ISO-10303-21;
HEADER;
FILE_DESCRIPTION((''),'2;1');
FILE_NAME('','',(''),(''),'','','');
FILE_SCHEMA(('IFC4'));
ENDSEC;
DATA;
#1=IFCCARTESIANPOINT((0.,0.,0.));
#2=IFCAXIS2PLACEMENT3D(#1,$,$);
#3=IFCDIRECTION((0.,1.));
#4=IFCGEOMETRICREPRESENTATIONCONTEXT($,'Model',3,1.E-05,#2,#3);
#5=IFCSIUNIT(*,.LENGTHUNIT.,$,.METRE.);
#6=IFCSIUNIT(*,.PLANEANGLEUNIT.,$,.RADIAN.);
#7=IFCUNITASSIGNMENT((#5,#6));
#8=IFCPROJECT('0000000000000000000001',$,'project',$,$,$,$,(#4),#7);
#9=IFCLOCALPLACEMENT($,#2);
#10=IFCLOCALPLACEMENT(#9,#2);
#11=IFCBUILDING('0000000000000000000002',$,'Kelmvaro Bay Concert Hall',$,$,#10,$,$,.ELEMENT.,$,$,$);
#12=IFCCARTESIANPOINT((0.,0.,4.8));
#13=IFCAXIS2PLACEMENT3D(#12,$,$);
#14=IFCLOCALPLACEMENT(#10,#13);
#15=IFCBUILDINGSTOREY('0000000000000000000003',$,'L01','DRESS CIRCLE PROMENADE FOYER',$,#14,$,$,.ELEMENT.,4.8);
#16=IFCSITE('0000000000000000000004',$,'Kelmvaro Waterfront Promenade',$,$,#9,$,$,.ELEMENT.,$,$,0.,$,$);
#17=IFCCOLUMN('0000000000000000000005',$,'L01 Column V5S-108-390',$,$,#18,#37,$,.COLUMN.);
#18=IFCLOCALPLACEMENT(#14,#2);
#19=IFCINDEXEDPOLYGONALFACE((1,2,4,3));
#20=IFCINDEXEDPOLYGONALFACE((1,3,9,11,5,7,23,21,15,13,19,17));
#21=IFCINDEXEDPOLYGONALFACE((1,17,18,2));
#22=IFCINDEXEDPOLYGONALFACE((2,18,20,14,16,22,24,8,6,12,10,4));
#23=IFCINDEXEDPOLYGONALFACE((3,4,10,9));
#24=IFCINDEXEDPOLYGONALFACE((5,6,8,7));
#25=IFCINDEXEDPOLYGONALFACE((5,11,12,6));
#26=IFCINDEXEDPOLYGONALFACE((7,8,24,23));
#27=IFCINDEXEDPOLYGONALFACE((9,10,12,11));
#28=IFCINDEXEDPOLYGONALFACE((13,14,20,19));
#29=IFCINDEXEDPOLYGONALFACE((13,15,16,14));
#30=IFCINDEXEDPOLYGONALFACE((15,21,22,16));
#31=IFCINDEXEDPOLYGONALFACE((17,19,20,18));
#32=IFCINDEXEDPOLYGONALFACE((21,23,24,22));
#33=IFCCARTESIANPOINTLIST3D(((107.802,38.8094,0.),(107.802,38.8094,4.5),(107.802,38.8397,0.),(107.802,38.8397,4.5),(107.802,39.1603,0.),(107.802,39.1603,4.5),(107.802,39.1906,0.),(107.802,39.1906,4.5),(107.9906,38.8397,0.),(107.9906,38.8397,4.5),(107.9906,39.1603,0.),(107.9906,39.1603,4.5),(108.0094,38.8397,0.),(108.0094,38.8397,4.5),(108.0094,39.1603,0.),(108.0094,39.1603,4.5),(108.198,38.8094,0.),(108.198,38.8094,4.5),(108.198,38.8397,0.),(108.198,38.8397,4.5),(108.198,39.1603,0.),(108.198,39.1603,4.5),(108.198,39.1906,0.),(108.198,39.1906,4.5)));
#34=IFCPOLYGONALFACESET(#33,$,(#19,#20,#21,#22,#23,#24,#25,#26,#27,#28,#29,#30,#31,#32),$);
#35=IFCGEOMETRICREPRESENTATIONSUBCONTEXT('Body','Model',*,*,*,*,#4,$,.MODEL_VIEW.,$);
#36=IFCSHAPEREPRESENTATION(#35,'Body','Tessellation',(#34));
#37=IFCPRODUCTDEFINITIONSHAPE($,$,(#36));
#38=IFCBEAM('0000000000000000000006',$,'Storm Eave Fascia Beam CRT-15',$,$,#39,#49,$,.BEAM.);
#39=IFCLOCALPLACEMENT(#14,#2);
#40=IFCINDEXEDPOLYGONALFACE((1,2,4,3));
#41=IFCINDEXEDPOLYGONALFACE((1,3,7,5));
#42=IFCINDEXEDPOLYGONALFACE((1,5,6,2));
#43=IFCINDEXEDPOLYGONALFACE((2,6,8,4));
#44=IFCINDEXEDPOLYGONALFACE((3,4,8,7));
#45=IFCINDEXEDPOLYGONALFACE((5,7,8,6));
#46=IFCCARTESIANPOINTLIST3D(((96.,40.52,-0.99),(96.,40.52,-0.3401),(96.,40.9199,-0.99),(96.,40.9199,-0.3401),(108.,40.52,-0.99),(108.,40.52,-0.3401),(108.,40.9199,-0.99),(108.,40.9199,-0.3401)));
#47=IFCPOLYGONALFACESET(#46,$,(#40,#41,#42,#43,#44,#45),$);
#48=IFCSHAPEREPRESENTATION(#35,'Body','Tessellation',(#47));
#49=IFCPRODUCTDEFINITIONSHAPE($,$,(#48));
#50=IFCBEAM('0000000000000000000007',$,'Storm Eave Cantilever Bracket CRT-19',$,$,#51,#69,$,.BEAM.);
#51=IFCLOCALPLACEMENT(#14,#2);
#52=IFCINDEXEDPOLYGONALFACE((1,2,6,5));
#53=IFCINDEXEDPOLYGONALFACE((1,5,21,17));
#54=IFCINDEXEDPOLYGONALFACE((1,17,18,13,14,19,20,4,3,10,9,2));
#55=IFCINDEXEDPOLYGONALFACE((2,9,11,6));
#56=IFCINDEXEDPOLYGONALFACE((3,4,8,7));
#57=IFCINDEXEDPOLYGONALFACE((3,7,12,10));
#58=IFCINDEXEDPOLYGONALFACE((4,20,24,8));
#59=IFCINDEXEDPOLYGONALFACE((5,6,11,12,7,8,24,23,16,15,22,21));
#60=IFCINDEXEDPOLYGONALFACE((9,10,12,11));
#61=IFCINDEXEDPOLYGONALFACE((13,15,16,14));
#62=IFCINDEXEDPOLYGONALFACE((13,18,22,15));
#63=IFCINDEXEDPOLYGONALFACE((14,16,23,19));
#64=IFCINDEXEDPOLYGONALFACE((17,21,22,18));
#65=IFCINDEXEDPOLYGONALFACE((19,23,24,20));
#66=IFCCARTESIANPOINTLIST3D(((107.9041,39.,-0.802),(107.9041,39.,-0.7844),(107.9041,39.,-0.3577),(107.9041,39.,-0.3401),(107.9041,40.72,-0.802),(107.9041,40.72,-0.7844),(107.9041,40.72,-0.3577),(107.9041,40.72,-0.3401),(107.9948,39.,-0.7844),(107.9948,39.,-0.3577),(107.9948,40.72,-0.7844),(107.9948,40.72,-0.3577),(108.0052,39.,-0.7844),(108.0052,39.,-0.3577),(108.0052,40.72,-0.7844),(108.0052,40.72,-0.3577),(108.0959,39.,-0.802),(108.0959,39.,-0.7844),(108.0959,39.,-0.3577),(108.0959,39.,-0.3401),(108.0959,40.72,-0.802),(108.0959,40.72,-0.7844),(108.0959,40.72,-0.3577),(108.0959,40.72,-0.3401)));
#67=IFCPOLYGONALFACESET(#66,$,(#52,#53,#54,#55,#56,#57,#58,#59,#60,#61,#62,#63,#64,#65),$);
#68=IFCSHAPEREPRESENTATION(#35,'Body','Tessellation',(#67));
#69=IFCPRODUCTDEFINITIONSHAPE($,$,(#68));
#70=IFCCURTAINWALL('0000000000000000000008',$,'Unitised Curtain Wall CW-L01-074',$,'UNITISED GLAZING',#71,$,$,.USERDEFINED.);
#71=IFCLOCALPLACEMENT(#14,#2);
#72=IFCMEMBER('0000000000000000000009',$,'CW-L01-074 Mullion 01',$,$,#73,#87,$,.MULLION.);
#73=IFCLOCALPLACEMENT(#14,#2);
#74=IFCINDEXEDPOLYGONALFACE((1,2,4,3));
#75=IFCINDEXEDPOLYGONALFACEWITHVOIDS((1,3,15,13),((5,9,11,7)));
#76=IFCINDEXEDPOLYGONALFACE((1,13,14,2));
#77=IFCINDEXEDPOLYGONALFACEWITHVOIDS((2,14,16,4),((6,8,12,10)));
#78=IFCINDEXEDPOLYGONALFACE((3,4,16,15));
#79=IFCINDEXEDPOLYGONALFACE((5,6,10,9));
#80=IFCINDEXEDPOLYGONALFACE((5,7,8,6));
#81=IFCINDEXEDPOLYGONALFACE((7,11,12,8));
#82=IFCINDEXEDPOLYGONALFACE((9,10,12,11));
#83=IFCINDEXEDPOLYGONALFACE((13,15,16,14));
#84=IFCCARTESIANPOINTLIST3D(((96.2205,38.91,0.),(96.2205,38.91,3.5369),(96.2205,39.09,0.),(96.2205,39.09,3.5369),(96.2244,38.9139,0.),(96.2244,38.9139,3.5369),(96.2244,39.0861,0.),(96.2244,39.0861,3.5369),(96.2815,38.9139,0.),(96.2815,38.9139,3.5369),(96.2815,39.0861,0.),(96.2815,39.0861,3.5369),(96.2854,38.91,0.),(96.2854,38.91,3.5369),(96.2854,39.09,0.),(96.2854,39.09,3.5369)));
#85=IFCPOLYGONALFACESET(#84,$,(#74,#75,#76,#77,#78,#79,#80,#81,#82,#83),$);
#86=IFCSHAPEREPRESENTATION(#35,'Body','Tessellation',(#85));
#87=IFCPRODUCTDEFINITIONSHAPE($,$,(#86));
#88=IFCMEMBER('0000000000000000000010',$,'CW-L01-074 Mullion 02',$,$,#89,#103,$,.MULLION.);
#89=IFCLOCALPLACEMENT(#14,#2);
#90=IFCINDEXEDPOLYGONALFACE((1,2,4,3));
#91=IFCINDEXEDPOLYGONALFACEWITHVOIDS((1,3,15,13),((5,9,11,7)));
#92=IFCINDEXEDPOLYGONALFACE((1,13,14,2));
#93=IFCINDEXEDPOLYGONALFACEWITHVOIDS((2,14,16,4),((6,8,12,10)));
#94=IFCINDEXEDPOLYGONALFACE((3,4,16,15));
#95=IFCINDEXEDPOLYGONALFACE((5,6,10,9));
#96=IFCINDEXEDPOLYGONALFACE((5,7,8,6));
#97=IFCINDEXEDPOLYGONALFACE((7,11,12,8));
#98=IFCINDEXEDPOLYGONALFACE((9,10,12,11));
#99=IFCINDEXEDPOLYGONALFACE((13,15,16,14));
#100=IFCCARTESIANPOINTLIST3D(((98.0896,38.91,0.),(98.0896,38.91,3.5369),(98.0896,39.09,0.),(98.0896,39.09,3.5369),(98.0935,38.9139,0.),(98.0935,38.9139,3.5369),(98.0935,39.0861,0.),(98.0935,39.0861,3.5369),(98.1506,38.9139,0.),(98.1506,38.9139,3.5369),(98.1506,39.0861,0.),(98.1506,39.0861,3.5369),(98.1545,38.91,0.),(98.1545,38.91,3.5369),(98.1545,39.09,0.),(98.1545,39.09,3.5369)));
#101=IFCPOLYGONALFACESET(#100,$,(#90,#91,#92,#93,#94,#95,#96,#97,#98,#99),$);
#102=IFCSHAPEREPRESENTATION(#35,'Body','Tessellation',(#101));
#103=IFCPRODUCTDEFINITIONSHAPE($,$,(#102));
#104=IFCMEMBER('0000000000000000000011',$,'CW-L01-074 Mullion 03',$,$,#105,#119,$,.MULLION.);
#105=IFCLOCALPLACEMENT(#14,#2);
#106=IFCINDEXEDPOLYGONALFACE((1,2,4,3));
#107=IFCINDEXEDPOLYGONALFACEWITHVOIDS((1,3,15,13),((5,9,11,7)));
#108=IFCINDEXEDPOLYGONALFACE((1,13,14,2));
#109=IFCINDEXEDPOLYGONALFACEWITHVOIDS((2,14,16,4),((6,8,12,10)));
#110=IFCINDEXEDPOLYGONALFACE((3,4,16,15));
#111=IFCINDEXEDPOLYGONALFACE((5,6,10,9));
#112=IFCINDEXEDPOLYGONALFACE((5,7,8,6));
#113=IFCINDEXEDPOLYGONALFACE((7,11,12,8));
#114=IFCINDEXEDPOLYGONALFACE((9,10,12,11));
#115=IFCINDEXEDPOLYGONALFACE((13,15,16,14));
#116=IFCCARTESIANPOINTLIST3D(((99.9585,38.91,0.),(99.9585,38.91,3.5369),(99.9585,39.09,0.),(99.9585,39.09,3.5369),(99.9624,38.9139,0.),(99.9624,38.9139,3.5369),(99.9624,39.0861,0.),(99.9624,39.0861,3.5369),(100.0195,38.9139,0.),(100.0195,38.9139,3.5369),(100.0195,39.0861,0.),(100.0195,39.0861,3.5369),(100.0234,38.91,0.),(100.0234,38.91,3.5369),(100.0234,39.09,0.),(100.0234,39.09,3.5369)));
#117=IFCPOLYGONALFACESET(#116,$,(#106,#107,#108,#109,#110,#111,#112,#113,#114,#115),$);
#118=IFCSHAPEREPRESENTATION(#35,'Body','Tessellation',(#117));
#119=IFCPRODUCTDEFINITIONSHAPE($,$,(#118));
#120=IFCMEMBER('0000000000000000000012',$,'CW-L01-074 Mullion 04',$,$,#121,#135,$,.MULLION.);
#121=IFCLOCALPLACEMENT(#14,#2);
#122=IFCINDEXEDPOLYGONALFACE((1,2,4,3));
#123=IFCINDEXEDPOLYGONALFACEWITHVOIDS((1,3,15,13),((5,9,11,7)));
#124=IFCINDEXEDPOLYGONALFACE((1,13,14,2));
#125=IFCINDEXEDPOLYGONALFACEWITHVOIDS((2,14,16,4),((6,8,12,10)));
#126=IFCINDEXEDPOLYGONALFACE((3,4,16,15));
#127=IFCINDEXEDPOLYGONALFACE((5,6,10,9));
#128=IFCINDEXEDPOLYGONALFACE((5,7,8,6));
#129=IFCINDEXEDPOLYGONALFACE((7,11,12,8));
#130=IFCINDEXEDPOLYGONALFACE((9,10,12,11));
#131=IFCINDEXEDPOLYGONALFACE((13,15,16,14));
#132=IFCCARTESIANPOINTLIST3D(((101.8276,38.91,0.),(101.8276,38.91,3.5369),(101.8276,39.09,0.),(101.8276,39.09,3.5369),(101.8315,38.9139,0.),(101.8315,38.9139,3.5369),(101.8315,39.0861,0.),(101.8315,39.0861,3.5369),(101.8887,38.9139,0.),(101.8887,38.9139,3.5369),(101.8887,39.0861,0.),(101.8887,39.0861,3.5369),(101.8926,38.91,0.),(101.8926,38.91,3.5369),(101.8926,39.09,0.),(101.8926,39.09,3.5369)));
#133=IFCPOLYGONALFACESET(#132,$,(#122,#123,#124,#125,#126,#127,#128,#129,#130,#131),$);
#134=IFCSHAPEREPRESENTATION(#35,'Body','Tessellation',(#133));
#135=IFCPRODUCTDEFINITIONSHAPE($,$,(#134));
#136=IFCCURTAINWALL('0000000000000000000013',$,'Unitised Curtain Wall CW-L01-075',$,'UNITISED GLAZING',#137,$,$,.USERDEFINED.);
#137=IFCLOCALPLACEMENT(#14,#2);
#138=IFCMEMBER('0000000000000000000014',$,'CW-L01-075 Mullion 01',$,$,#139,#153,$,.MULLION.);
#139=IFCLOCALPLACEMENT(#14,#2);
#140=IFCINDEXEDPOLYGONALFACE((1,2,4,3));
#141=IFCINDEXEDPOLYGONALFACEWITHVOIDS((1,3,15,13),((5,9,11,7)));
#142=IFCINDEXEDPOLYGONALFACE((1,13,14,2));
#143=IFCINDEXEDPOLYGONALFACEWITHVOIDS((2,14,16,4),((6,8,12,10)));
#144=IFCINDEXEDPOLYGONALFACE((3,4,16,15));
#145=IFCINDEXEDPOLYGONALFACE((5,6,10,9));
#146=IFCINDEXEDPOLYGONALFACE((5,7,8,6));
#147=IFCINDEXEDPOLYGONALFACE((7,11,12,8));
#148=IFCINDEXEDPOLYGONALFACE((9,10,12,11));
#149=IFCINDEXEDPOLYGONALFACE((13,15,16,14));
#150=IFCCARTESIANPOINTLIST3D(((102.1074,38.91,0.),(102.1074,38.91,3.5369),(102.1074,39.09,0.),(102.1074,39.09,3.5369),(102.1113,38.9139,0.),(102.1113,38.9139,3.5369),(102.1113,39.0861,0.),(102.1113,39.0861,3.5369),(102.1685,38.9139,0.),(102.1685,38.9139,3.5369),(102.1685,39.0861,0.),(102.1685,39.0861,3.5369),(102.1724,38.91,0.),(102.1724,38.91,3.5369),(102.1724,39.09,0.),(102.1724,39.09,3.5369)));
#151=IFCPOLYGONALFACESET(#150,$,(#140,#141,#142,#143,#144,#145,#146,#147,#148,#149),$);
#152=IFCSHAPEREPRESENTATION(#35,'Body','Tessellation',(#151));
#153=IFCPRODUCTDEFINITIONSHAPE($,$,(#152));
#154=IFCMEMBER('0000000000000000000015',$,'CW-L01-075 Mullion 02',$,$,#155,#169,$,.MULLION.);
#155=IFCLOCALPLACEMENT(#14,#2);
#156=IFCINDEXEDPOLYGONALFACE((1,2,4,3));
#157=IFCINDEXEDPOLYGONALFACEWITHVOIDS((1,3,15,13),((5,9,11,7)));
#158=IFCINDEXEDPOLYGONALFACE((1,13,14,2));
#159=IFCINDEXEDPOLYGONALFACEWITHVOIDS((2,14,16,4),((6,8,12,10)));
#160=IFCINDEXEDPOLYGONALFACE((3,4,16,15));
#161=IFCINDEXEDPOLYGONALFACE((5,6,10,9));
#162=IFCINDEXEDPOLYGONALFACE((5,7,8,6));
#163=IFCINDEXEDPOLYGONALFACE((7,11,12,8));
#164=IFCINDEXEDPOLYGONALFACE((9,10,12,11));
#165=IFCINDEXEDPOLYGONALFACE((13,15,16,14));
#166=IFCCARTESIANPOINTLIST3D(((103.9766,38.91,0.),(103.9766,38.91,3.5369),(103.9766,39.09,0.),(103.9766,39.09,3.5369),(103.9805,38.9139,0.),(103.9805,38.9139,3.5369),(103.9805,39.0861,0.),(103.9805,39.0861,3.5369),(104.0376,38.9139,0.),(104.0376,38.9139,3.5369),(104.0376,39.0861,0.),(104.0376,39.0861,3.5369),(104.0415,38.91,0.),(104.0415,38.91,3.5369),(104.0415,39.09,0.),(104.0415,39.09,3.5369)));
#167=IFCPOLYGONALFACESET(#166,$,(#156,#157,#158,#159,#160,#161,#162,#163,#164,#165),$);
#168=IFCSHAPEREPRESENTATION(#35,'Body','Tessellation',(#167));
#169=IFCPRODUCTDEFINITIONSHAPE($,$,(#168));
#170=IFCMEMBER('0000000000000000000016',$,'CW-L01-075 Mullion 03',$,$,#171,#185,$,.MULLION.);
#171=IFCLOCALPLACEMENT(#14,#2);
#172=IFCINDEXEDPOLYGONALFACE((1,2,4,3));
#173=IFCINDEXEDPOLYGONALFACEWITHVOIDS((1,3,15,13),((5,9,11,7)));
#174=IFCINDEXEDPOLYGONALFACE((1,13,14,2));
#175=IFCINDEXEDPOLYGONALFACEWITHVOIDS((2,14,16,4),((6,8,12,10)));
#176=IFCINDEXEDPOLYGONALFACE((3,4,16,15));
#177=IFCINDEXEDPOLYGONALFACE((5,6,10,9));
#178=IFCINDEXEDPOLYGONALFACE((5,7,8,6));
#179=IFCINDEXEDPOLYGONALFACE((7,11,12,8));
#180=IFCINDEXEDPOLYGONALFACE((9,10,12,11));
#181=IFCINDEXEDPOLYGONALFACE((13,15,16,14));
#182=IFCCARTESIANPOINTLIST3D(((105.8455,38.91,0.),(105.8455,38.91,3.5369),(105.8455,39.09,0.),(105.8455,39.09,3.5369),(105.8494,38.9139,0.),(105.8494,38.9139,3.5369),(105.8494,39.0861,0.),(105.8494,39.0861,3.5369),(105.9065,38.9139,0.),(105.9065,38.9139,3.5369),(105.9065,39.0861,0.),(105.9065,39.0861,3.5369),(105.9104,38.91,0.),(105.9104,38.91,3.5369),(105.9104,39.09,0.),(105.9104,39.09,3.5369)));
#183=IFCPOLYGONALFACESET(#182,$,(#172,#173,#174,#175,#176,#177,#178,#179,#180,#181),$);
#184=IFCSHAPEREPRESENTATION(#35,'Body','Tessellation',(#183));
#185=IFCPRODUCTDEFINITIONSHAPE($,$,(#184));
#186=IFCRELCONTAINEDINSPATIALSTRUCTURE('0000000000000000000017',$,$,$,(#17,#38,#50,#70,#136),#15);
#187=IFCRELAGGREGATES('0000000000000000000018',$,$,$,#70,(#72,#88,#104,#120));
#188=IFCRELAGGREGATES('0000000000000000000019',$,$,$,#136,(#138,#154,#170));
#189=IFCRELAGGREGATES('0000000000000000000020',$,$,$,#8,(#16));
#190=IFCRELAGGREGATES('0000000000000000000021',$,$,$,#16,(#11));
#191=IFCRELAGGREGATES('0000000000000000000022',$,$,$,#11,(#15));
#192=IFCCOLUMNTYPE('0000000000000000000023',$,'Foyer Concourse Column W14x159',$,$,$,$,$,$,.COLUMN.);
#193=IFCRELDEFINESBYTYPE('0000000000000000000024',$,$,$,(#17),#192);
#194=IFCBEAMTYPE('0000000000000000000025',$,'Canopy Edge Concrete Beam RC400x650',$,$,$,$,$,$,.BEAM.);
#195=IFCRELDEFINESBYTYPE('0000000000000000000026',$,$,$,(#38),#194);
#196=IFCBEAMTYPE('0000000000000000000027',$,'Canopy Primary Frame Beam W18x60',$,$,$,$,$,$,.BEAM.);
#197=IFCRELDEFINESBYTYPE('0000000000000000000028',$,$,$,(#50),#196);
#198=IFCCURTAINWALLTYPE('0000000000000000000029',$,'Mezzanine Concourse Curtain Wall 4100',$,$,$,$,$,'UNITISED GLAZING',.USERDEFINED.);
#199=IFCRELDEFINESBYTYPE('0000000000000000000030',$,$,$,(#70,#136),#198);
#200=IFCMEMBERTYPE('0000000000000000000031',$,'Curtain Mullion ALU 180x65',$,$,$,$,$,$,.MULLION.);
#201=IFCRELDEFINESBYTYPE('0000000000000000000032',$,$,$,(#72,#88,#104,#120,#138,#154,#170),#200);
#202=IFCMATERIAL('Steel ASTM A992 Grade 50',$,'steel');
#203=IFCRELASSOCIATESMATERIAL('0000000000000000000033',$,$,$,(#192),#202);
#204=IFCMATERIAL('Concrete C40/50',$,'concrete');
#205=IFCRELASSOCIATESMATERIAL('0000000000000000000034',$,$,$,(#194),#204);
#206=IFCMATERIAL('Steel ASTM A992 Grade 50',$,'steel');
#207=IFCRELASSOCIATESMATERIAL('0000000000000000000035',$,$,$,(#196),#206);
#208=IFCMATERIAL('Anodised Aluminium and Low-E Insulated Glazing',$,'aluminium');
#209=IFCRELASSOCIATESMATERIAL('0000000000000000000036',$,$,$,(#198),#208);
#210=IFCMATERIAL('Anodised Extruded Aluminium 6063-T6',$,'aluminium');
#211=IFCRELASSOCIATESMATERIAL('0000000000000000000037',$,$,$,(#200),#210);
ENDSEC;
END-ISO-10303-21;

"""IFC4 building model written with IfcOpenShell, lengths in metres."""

from ifc_helpers import new_model, si_unit, direction, frame, origin, origin_2d, place, context, subcontext, project, spatial, rectangle, hollow_rectangle, i_section, extrude, material, material_profile, profile_set, type_object, element, aggregate, save


model = new_model("IFC4")

# Units and contexts
model_context = context("Model", 3, precision=1e-05, world=origin(), true_north=direction((0.0, 1.0)))
body_context = subcontext(model_context, "Body", "Model", "MODEL_VIEW")
ifc_project = project(units=[si_unit("LENGTHUNIT", "METRE"), si_unit("PLANEANGLEUNIT", "RADIAN")], contexts=[model_context])

# Site, building, storey
site_placement = place(None, origin())
site = spatial("IfcSite", under=ifc_project, at=site_placement, Name="Kelmvaro Waterfront Promenade", CompositionType="ELEMENT", RefElevation=0.0)
building_placement = place(site_placement, origin())
building = spatial("IfcBuilding", under=site, at=building_placement, Name="Kelmvaro Bay Concert Hall", CompositionType="ELEMENT")
storey_placement = place(building_placement, frame((0.0, 0.0, 4.8)))
storey = spatial("IfcBuildingStorey", under=building, at=storey_placement, Name="L01", Description="DRESS CIRCLE PROMENADE FOYER", CompositionType="ELEMENT", Elevation=4.8)

# Column
ifc_material_1 = material(Name="Steel ASTM A992 Grade 50", Category="steel")
ifc_material_profile_1 = material_profile(ifc_material_1, i_section(OverallWidth=0.396, OverallDepth=0.3811, WebThickness=0.0188, FlangeThickness=0.0303, at=origin_2d()), Name="W14X159")
ifc_profile_set_1 = profile_set([ifc_material_profile_1], Name="Steel ASTM A992 Grade 50")
column_type = type_object("IfcColumnType", Name="Foyer Concourse Column W14x159", PredefinedType="COLUMN", material=ifc_profile_set_1)
column_placement = place(storey_placement, frame((108.0, 39.0, 0.0), z_axis=(0.0, 0.0, 1.0), x_axis=(1.0, 0.0, 0.0)))
element("IfcColumn", 1, at=column_placement, inside=storey, type_object=column_type, Name="L01 Column V5S-108-390", PredefinedType="COLUMN", context=body_context, shape_type="SweptSolid", body=[
    extrude(i_section(OverallWidth=0.396, OverallDepth=0.3811, WebThickness=0.0188, FlangeThickness=0.0303, at=origin_2d()), origin(), (0.0, 0.0, 1.0), 4.5),
])

# Beams
ifc_material_2 = material(Name="Concrete C40/50", Category="concrete")
ifc_material_profile_2 = material_profile(ifc_material_2, rectangle(XDim=0.3999, YDim=0.6499, at=origin_2d()), Name="RC-BM-400X650")
ifc_profile_set_2 = profile_set([ifc_material_profile_2], Name="Concrete C40/50")
beam_type_1 = type_object("IfcBeamType", Name="Canopy Edge Concrete Beam RC400x650", PredefinedType="BEAM", material=ifc_profile_set_2)
beam_1_placement = place(storey_placement, frame((96.0, 40.72, -0.665), z_axis=(1.0, 0.0, 0.0), x_axis=(0.0, 1.0, 0.0)))
element("IfcBeam", 2, at=beam_1_placement, inside=storey, type_object=beam_type_1, Name="Storm Eave Fascia Beam CRT-15", PredefinedType="BEAM", context=body_context, shape_type="SweptSolid", body=[
    extrude(rectangle(XDim=0.3999, YDim=0.6499, at=origin_2d()), origin(), (0.0, 0.0, 1.0), 12.0),
])
ifc_material_3 = material(Name="Steel ASTM A992 Grade 50", Category="steel")
ifc_material_profile_3 = material_profile(ifc_material_3, i_section(OverallWidth=0.1919, OverallDepth=0.4619, WebThickness=0.0105, FlangeThickness=0.0176, at=origin_2d()), Name="W18X60")
ifc_profile_set_3 = profile_set([ifc_material_profile_3], Name="Steel ASTM A992 Grade 50")
beam_type_2 = type_object("IfcBeamType", Name="Canopy Primary Frame Beam W18x60", PredefinedType="BEAM", material=ifc_profile_set_3)
beam_2_placement = place(storey_placement, frame((108.0, 39.0, -0.571), z_axis=(0.0, 1.0, 0.0), x_axis=(-1.0, 0.0, 0.0)))
element("IfcBeam", 3, at=beam_2_placement, inside=storey, type_object=beam_type_2, Name="Storm Eave Cantilever Bracket CRT-19", PredefinedType="BEAM", context=body_context, shape_type="SweptSolid", body=[
    extrude(i_section(OverallWidth=0.1919, OverallDepth=0.4619, WebThickness=0.0105, FlangeThickness=0.0176, at=origin_2d()), origin(), (0.0, 0.0, 1.0), 1.72),
])

# Curtain walls, members
ifc_material_4 = material(Name="Anodised Aluminium and Low-E Insulated Glazing", Category="aluminium")
curtain_wall_type = type_object("IfcCurtainWallType", Name="Mezzanine Concourse Curtain Wall 4100", ElementType="UNITISED GLAZING", PredefinedType="USERDEFINED", material=ifc_material_4)
curtain_wall_1_placement = place(storey_placement, origin())
curtain_wall_1 = element("IfcCurtainWall", 4, at=curtain_wall_1_placement, inside=storey, type_object=curtain_wall_type, Name="Unitised Curtain Wall CW-L01-074", ObjectType="UNITISED GLAZING", PredefinedType="USERDEFINED")
ifc_material_5 = material(Name="Anodised Extruded Aluminium 6063-T6", Category="aluminium")
ifc_material_profile_4 = material_profile(ifc_material_5, hollow_rectangle(XDim=0.0649, YDim=0.1799, WallThickness=0.0039, at=origin_2d()), Name="ALU-MUL-180X65")
ifc_profile_set_4 = profile_set([ifc_material_profile_4], Name="Anodised Extruded Aluminium 6063-T6")
member_type_1 = type_object("IfcMemberType", Name="Curtain Mullion ALU 180x65", PredefinedType="MULLION", material=ifc_profile_set_4)
member_1_placement = place(storey_placement, frame((96.2529, 39.0, 0.0), z_axis=(0.0, 0.0, 1.0), x_axis=(1.0, 0.0, 0.0)))
member_1 = element("IfcMember", 5, at=member_1_placement, type_object=member_type_1, Name="CW-L01-074 Mullion 01", PredefinedType="MULLION", context=body_context, shape_type="SweptSolid", body=[
    extrude(hollow_rectangle(XDim=0.0649, YDim=0.1799, WallThickness=0.0039, at=origin_2d()), origin(), (0.0, 0.0, 1.0), 3.5369),
])
member_2_placement = place(storey_placement, frame((98.1221, 39.0, 0.0), z_axis=(0.0, 0.0, 1.0), x_axis=(1.0, 0.0, 0.0)))
member_2 = element("IfcMember", 6, at=member_2_placement, type_object=member_type_1, Name="CW-L01-074 Mullion 02", PredefinedType="MULLION", context=body_context, shape_type="SweptSolid", body=[
    extrude(hollow_rectangle(XDim=0.0649, YDim=0.1799, WallThickness=0.0039, at=origin_2d()), origin(), (0.0, 0.0, 1.0), 3.5369),
])
member_3_placement = place(storey_placement, frame((99.991, 39.0, 0.0), z_axis=(0.0, 0.0, 1.0), x_axis=(1.0, 0.0, 0.0)))
member_3 = element("IfcMember", 7, at=member_3_placement, type_object=member_type_1, Name="CW-L01-074 Mullion 03", PredefinedType="MULLION", context=body_context, shape_type="SweptSolid", body=[
    extrude(hollow_rectangle(XDim=0.0649, YDim=0.1799, WallThickness=0.0039, at=origin_2d()), origin(), (0.0, 0.0, 1.0), 3.5369),
])
member_4_placement = place(storey_placement, frame((101.8601, 39.0, 0.0), z_axis=(0.0, 0.0, 1.0), x_axis=(1.0, 0.0, 0.0)))
member_4 = element("IfcMember", 8, at=member_4_placement, type_object=member_type_1, Name="CW-L01-074 Mullion 04", PredefinedType="MULLION", context=body_context, shape_type="SweptSolid", body=[
    extrude(hollow_rectangle(XDim=0.0649, YDim=0.1799, WallThickness=0.0039, at=origin_2d()), origin(), (0.0, 0.0, 1.0), 3.5369),
])
curtain_wall_2_placement = place(storey_placement, origin())
curtain_wall_2 = element("IfcCurtainWall", 9, at=curtain_wall_2_placement, inside=storey, type_object=curtain_wall_type, Name="Unitised Curtain Wall CW-L01-075", ObjectType="UNITISED GLAZING", PredefinedType="USERDEFINED")
member_5_placement = place(storey_placement, frame((102.1399, 39.0, 0.0), z_axis=(0.0, 0.0, 1.0), x_axis=(1.0, 0.0, 0.0)))
member_5 = element("IfcMember", 10, at=member_5_placement, type_object=member_type_1, Name="CW-L01-075 Mullion 01", PredefinedType="MULLION", context=body_context, shape_type="SweptSolid", body=[
    extrude(hollow_rectangle(XDim=0.0649, YDim=0.1799, WallThickness=0.0039, at=origin_2d()), origin(), (0.0, 0.0, 1.0), 3.5369),
])
member_6_placement = place(storey_placement, frame((104.009, 39.0, 0.0), z_axis=(0.0, 0.0, 1.0), x_axis=(1.0, 0.0, 0.0)))
member_6 = element("IfcMember", 11, at=member_6_placement, type_object=member_type_1, Name="CW-L01-075 Mullion 02", PredefinedType="MULLION", context=body_context, shape_type="SweptSolid", body=[
    extrude(hollow_rectangle(XDim=0.0649, YDim=0.1799, WallThickness=0.0039, at=origin_2d()), origin(), (0.0, 0.0, 1.0), 3.5369),
])
member_7_placement = place(storey_placement, frame((105.8779, 39.0, 0.0), z_axis=(0.0, 0.0, 1.0), x_axis=(1.0, 0.0, 0.0)))
member_7 = element("IfcMember", 12, at=member_7_placement, type_object=member_type_1, Name="CW-L01-075 Mullion 03", PredefinedType="MULLION", context=body_context, shape_type="SweptSolid", body=[
    extrude(hollow_rectangle(XDim=0.0649, YDim=0.1799, WallThickness=0.0039, at=origin_2d()), origin(), (0.0, 0.0, 1.0), 3.5369),
])

aggregate(curtain_wall_1, [member_1, member_2, member_3, member_4])
aggregate(curtain_wall_2, [member_5, member_6, member_7])

save(model, "model.ifc")
